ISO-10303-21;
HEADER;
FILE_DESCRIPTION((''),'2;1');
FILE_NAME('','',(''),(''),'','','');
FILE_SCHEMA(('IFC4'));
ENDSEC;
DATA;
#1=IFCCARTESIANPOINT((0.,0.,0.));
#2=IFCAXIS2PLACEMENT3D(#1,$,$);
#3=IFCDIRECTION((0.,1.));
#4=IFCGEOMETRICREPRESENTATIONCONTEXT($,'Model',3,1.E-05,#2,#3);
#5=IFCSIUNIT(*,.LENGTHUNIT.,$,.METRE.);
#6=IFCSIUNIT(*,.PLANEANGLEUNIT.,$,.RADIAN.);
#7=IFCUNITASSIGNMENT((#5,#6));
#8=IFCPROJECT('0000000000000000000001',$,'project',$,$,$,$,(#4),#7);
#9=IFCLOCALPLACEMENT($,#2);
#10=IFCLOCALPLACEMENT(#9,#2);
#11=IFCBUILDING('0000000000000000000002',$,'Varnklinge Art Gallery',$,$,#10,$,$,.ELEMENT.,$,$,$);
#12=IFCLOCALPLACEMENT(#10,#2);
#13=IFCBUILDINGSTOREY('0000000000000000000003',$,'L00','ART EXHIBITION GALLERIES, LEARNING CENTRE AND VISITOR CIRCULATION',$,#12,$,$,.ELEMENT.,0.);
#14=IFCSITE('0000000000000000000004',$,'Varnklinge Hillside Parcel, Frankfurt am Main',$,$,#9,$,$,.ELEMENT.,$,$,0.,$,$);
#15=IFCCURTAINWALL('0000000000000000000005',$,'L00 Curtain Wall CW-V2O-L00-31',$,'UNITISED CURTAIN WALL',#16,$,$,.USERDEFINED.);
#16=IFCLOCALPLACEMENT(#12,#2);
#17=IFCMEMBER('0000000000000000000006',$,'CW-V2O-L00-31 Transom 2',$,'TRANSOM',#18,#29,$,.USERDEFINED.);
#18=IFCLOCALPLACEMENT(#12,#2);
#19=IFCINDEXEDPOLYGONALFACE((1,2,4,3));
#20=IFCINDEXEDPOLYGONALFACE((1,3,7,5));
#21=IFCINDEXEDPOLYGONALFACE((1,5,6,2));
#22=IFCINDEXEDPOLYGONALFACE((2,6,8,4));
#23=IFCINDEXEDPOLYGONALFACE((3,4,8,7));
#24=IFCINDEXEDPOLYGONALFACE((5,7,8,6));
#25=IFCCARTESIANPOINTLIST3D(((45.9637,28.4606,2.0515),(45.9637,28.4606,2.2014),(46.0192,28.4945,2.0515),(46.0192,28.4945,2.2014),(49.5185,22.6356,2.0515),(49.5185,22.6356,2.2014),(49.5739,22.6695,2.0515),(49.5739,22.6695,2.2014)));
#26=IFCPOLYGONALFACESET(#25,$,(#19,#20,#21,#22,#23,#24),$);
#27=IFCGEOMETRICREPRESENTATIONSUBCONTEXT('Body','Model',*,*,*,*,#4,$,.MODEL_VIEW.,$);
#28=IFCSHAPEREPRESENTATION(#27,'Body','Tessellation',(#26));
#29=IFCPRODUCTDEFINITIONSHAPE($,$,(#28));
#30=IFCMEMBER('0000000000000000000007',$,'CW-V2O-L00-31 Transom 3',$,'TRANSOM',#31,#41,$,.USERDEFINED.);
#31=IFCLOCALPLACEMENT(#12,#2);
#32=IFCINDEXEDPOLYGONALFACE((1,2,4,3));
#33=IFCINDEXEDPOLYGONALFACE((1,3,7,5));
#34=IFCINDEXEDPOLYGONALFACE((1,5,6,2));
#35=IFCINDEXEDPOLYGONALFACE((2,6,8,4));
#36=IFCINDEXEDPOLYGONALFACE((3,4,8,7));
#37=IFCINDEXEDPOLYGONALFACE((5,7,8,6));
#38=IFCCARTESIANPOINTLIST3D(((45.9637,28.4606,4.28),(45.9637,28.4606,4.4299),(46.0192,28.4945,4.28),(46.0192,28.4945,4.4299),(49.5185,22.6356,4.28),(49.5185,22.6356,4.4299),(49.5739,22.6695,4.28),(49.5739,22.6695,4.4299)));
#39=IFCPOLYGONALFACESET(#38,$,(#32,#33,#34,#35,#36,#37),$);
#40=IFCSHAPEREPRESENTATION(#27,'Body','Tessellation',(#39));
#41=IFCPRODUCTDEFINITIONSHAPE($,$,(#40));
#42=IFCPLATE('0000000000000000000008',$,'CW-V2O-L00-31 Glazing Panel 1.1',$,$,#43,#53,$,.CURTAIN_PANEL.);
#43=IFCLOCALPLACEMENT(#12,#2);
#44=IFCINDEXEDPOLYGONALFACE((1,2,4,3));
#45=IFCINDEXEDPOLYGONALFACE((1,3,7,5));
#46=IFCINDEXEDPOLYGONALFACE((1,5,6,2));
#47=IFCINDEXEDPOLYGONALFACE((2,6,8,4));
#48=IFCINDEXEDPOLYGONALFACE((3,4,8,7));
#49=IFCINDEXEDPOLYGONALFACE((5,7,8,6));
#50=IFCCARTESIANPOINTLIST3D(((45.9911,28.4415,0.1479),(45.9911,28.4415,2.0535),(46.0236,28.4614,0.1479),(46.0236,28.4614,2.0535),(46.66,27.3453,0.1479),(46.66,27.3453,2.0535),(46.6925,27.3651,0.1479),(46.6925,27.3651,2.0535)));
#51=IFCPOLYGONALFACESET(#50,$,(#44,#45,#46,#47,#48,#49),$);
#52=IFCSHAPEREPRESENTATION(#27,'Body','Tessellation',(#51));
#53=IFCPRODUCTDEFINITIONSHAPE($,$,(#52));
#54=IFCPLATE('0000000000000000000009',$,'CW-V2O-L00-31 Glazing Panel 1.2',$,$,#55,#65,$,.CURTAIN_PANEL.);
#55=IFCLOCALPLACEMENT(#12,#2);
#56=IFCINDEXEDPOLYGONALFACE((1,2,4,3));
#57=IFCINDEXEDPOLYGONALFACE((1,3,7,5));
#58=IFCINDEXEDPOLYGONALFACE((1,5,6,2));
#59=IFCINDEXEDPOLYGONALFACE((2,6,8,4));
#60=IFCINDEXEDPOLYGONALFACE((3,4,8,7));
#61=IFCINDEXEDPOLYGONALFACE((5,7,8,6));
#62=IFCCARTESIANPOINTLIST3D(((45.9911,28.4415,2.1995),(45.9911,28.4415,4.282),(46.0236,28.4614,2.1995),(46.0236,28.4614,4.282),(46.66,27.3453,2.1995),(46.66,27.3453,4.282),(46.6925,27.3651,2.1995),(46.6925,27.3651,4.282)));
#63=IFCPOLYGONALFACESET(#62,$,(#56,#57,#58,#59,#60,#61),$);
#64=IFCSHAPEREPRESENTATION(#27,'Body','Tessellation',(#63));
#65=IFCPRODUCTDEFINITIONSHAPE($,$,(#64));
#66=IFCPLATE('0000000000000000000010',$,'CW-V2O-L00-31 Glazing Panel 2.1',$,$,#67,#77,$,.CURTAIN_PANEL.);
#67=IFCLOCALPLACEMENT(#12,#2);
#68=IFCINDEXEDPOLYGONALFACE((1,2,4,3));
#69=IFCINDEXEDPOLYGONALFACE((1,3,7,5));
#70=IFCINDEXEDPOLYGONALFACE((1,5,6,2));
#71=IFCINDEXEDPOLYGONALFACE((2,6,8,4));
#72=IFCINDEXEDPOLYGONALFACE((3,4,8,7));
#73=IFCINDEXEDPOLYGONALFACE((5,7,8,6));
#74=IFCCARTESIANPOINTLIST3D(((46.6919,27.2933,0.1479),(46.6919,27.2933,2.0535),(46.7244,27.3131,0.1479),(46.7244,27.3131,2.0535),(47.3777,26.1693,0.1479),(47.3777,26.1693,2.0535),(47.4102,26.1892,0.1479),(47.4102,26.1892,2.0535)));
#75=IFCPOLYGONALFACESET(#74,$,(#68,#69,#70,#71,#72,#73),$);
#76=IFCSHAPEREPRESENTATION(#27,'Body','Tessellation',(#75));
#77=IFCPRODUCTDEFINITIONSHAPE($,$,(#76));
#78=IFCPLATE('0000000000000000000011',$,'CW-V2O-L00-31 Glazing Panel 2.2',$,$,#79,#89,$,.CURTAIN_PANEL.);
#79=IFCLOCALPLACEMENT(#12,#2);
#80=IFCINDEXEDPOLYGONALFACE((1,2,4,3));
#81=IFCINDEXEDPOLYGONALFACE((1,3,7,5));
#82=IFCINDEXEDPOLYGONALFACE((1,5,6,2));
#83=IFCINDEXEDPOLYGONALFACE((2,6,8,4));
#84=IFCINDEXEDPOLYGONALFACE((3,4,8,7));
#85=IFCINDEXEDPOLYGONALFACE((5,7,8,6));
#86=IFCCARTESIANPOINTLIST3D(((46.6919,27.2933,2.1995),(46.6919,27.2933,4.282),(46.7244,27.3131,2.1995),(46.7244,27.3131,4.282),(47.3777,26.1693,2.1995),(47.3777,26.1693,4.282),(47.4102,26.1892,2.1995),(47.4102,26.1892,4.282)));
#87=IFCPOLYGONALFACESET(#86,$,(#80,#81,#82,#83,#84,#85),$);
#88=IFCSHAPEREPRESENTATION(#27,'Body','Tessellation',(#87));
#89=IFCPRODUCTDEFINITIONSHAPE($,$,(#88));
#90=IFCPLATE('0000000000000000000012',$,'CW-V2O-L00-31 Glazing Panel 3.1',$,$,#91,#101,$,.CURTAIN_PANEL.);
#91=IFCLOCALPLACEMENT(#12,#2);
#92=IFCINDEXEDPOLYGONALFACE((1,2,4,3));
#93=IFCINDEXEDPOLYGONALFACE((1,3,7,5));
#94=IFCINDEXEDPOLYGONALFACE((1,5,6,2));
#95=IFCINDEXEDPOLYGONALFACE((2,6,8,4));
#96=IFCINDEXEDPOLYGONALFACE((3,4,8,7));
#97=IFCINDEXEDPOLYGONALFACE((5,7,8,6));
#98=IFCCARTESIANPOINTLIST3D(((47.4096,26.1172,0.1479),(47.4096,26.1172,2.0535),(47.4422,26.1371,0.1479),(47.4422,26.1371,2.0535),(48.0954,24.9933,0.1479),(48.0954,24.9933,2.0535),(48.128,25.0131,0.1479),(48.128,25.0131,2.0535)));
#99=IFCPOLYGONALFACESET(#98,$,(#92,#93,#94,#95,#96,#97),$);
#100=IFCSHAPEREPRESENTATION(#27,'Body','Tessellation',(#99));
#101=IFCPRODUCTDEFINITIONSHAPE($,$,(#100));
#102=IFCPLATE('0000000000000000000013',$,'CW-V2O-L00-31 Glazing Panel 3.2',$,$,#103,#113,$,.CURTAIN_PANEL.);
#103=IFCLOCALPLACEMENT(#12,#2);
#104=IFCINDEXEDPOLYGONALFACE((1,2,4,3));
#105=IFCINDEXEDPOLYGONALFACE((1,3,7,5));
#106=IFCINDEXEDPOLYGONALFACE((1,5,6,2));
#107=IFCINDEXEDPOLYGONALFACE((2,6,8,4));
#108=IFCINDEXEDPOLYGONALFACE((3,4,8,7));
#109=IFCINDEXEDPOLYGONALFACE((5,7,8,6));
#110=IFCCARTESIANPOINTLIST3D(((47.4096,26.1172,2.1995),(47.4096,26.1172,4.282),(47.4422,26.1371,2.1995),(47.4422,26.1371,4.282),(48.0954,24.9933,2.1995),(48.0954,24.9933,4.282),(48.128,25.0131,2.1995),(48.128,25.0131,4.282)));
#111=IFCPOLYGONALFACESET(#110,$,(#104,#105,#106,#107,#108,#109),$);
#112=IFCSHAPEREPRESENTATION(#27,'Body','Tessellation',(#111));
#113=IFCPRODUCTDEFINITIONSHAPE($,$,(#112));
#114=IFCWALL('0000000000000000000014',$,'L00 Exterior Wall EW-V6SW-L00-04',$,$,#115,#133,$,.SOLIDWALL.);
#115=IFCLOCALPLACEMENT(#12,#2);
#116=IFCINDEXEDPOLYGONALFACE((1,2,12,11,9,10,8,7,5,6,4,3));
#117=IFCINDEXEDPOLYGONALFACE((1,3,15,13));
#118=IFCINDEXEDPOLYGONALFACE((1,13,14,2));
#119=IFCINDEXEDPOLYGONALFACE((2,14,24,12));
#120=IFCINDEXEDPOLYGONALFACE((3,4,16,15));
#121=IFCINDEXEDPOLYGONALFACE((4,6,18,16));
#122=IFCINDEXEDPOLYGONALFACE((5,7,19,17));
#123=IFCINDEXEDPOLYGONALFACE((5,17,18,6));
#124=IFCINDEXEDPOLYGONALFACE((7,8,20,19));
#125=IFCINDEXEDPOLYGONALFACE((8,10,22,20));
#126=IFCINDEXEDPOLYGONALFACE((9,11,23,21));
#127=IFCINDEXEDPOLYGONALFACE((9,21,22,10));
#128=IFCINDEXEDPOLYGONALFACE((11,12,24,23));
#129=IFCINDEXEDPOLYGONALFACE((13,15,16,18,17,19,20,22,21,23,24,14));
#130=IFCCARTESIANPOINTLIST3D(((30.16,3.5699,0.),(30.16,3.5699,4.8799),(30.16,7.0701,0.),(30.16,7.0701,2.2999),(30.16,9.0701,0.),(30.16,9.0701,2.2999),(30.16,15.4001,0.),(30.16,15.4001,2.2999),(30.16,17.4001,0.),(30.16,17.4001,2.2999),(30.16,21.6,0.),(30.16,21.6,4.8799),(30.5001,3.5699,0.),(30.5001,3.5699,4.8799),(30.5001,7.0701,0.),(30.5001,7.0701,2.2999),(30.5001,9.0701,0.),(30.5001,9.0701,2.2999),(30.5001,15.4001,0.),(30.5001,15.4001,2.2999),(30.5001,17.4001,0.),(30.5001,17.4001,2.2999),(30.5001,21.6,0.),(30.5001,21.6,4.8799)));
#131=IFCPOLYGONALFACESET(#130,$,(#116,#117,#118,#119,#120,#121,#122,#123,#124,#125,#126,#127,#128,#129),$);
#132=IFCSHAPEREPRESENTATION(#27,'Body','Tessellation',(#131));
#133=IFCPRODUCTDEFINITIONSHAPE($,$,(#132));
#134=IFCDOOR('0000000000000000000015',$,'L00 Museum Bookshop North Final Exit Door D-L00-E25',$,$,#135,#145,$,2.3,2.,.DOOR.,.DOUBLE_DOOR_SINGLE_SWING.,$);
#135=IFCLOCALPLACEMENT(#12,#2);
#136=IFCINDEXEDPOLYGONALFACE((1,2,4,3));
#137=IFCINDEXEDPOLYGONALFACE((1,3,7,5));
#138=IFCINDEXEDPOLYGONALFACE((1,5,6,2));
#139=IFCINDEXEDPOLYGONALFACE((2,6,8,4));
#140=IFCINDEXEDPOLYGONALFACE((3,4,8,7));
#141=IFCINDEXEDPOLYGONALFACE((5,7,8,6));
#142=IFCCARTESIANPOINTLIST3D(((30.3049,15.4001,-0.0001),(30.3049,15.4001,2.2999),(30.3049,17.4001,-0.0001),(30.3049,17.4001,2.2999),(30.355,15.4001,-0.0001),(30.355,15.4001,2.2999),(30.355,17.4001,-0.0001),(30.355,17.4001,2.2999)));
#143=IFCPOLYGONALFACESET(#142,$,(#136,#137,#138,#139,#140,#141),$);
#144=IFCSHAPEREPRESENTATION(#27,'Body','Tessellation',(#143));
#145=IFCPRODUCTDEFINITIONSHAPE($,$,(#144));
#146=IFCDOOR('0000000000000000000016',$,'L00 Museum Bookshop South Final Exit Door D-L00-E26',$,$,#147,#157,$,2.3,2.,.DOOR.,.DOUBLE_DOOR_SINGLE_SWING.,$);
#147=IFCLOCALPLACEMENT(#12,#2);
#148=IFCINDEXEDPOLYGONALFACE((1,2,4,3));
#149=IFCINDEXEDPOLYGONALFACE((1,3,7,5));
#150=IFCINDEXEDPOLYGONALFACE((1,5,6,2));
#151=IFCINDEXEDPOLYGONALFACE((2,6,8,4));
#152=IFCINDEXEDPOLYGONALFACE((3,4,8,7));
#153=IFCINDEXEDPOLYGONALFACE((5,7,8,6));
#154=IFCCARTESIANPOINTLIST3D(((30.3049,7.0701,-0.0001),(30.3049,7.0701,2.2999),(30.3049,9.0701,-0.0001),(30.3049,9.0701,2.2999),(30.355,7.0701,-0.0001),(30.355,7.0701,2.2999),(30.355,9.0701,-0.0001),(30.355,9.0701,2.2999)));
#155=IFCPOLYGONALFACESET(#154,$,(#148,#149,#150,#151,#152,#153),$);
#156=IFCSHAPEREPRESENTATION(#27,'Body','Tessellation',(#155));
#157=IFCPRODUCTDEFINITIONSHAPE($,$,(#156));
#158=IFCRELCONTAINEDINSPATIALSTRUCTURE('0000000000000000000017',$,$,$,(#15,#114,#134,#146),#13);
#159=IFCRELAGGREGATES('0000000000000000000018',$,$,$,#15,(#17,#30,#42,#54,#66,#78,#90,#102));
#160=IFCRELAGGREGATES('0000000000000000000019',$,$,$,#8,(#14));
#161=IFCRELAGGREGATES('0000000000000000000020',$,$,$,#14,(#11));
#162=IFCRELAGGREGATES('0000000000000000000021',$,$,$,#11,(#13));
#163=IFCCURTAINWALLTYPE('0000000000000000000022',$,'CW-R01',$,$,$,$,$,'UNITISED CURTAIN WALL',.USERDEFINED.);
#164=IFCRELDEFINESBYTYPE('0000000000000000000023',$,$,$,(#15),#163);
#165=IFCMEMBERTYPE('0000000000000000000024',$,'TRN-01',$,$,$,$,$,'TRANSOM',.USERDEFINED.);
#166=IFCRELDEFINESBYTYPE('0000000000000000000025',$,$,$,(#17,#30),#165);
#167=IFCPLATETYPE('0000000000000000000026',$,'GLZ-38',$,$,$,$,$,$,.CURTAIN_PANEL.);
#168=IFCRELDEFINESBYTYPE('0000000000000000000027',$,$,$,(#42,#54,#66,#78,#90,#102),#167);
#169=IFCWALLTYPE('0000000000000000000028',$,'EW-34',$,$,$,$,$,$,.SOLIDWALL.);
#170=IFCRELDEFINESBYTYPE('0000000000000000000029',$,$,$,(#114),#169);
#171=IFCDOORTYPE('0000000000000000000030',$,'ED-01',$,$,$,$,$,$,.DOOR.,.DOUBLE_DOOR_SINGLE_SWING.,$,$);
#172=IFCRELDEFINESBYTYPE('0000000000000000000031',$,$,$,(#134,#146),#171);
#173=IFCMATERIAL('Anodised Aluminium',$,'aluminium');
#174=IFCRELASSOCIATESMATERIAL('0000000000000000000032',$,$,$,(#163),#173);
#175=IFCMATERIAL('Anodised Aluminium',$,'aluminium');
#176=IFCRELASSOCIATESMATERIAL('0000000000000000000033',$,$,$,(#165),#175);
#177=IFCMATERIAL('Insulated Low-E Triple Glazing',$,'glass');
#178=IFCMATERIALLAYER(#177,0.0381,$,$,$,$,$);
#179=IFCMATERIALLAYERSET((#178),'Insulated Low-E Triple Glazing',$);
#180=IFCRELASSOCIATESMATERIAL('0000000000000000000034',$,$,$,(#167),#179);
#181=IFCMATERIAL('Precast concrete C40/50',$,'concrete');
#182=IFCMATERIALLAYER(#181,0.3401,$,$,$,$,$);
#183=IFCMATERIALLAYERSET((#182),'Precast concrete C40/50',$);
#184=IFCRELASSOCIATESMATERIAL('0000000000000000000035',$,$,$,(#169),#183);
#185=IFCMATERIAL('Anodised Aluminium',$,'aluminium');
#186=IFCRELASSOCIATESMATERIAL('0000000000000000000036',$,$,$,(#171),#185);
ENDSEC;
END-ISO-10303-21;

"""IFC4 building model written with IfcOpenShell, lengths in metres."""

from ifc_helpers import new_model, si_unit, direction, frame, frame_2d, origin, origin_2d, place, context, subcontext, project, spatial, rectangle, extrude, material, layer, layer_set, material_profile, profile_set, type_object, element, fill, aggregate, save


model = new_model("IFC4")

# Units and contexts
model_context = context("Model", 3, precision=1e-05, world=origin(), true_north=direction((0.0, 1.0)))
body_context = subcontext(model_context, "Body", "Model", "MODEL_VIEW")
ifc_project = project(units=[si_unit("LENGTHUNIT", "METRE"), si_unit("PLANEANGLEUNIT", "RADIAN")], contexts=[model_context])

# Site, building, storey
site_placement = place(None, origin())
site = spatial("IfcSite", under=ifc_project, at=site_placement, Name="Varnklinge Hillside Parcel, Frankfurt am Main", CompositionType="ELEMENT", RefElevation=0.0)
building_placement = place(site_placement, origin())
building = spatial("IfcBuilding", under=site, at=building_placement, Name="Varnklinge Art Gallery", CompositionType="ELEMENT")
storey_placement = place(building_placement, origin())
storey = spatial("IfcBuildingStorey", under=building, at=storey_placement, Name="L00", Description="ART EXHIBITION GALLERIES, LEARNING CENTRE AND VISITOR CIRCULATION", CompositionType="ELEMENT", Elevation=0.0)

# Shared definitions
ifc_material_1 = material(Name="Anodised Aluminium", Category="aluminium")
curtain_wall_type = type_object("IfcCurtainWallType", Name="CW-R01", ElementType="UNITISED CURTAIN WALL", PredefinedType="USERDEFINED", material=ifc_material_1)

# Curtain wall
curtain_wall_1_placement = place(storey_placement, origin())
curtain_wall_1 = element("IfcCurtainWall", 1, at=curtain_wall_1_placement, inside=storey, type_object=curtain_wall_type, Name="L00 Curtain Wall CW-V2O-L00-31", ObjectType="UNITISED CURTAIN WALL", PredefinedType="USERDEFINED")

# Members
ifc_material_2 = material(Name="Anodised Aluminium", Category="aluminium")
ifc_material_profile_1 = material_profile(ifc_material_2, rectangle(XDim=0.0649, YDim=0.1499, at=origin_2d()), Name="ALU 65x150")
ifc_profile_set_1 = profile_set([ifc_material_profile_1], Name="Anodised Aluminium")
member_type_1 = type_object("IfcMemberType", Name="TRN-01", ElementType="TRANSOM", PredefinedType="USERDEFINED", material=ifc_profile_set_1)
member_1_placement = place(storey_placement, frame((45.9915, 28.4775, 2.1265), z_axis=(0.520916, -0.853608, 0.0), x_axis=(0.853608, 0.520916, 0.0)))
member_1 = element("IfcMember", 2, at=member_1_placement, type_object=member_type_1, Name="CW-V2O-L00-31 Transom 2", ObjectType="TRANSOM", PredefinedType="USERDEFINED", context=body_context, shape_type="SweptSolid", body=[
    extrude(rectangle(XDim=0.0649, YDim=0.1499, at=origin_2d()), origin(), (0.0, 0.0, 1.0), 6.824),
])
member_2_placement = place(storey_placement, frame((45.9915, 28.4775, 4.355), z_axis=(0.520916, -0.853608, 0.0), x_axis=(0.853608, 0.520916, 0.0)))
member_2 = element("IfcMember", 3, at=member_2_placement, type_object=member_type_1, Name="CW-V2O-L00-31 Transom 3", ObjectType="TRANSOM", PredefinedType="USERDEFINED", context=body_context, shape_type="SweptSolid", body=[
    extrude(rectangle(XDim=0.0649, YDim=0.1499, at=origin_2d()), origin(), (0.0, 0.0, 1.0), 6.824),
])

# Plates
ifc_material_3 = material(Name="Insulated Low-E Triple Glazing", Category="glass")
ifc_layer_1 = layer(ifc_material_3, 0.0381)
ifc_layer_set_1 = layer_set([ifc_layer_1], Name="Insulated Low-E Triple Glazing")
plate_type = type_object("IfcPlateType", Name="GLZ-38", PredefinedType="CURTAIN_PANEL", material=ifc_layer_set_1)
plate_1_placement = place(storey_placement, frame((46.3418, 27.9033, 0.1479), z_axis=(0.0, 0.0, 1.0), x_axis=(0.520861, -0.853642, 0.0)))
plate_1 = element("IfcPlate", 4, at=plate_1_placement, type_object=plate_type, Name="CW-V2O-L00-31 Glazing Panel 1.1", PredefinedType="CURTAIN_PANEL", context=body_context, shape_type="SweptSolid", body=[
    extrude(rectangle(XDim=1.2842, YDim=0.0381, at=origin_2d()), origin(), (0.0, 0.0, 1.0), 1.9055),
])
plate_2_placement = place(storey_placement, frame((46.3418, 27.9033, 2.1995), z_axis=(0.0, 0.0, 1.0), x_axis=(0.520861, -0.853642, 0.0)))
plate_2 = element("IfcPlate", 5, at=plate_2_placement, type_object=plate_type, Name="CW-V2O-L00-31 Glazing Panel 1.2", PredefinedType="CURTAIN_PANEL", context=body_context, shape_type="SweptSolid", body=[
    extrude(rectangle(XDim=1.2842, YDim=0.0381, at=origin_2d()), origin(), (0.0, 0.0, 1.0), 2.0825),
])
plate_3_placement = place(storey_placement, frame((47.051, 26.7412, 0.1479), z_axis=(0.0, 0.0, 1.0), x_axis=(0.520861, -0.853642, 0.0)))
plate_3 = element("IfcPlate", 6, at=plate_3_placement, type_object=plate_type, Name="CW-V2O-L00-31 Glazing Panel 2.1", PredefinedType="CURTAIN_PANEL", context=body_context, shape_type="SweptSolid", body=[
    extrude(rectangle(XDim=1.3167, YDim=0.0381, at=origin_2d()), origin(), (0.0, 0.0, 1.0), 1.9055),
])
plate_4_placement = place(storey_placement, frame((47.051, 26.7412, 2.1995), z_axis=(0.0, 0.0, 1.0), x_axis=(0.520861, -0.853642, 0.0)))
plate_4 = element("IfcPlate", 7, at=plate_4_placement, type_object=plate_type, Name="CW-V2O-L00-31 Glazing Panel 2.2", PredefinedType="CURTAIN_PANEL", context=body_context, shape_type="SweptSolid", body=[
    extrude(rectangle(XDim=1.3167, YDim=0.0381, at=origin_2d()), origin(), (0.0, 0.0, 1.0), 2.0825),
])
plate_5_placement = place(storey_placement, frame((47.7688, 25.5652, 0.1479), z_axis=(0.0, 0.0, 1.0), x_axis=(0.520861, -0.853642, 0.0)))
plate_5 = element("IfcPlate", 8, at=plate_5_placement, type_object=plate_type, Name="CW-V2O-L00-31 Glazing Panel 3.1", PredefinedType="CURTAIN_PANEL", context=body_context, shape_type="SweptSolid", body=[
    extrude(rectangle(XDim=1.3167, YDim=0.0381, at=origin_2d()), origin(), (0.0, 0.0, 1.0), 1.9055),
])
plate_6_placement = place(storey_placement, frame((47.7688, 25.5652, 2.1995), z_axis=(0.0, 0.0, 1.0), x_axis=(0.520861, -0.853642, 0.0)))
plate_6 = element("IfcPlate", 9, at=plate_6_placement, type_object=plate_type, Name="CW-V2O-L00-31 Glazing Panel 3.2", PredefinedType="CURTAIN_PANEL", context=body_context, shape_type="SweptSolid", body=[
    extrude(rectangle(XDim=1.3167, YDim=0.0381, at=origin_2d()), origin(), (0.0, 0.0, 1.0), 2.0825),
])
aggregate(curtain_wall_1, [member_1, member_2, plate_1, plate_2, plate_3, plate_4, plate_5, plate_6])

# Wall, openings, doors
ifc_material_4 = material(Name="Precast concrete C40/50", Category="concrete")
ifc_layer_2 = layer(ifc_material_4, 0.3401)
ifc_layer_set_2 = layer_set([ifc_layer_2], Name="Precast concrete C40/50")
wall_type = type_object("IfcWallType", Name="EW-34", PredefinedType="SOLIDWALL", material=ifc_layer_set_2)
wall_1_placement = place(storey_placement, frame((30.3301, 21.6001, 0.0), z_axis=(0.0, 0.0, 1.0), x_axis=(0.0, -1.0, 0.0)))
wall_1 = element("IfcWall", 10, at=wall_1_placement, inside=storey, type_object=wall_type, Name="L00 Exterior Wall EW-V6SW-L00-04", PredefinedType="SOLIDWALL", context=body_context, shape_type="SweptSolid", body=[
    extrude(rectangle(XDim=18.03, YDim=0.3401, at=frame_2d((9.0151, 0.0))), origin(), (0.0, 0.0, 1.0), 4.8799),
])
opening_1_placement = place(wall_1_placement, frame((4.2, 0.0, 0.0)))
opening_1 = element("IfcOpeningElement", 11, at=opening_1_placement, cuts=wall_1, PredefinedType="OPENING", context=body_context, shape_type="SweptSolid", body=[
    extrude(rectangle(XDim=2.0, YDim=2.3, at=frame_2d((1.0, 1.1499))), frame((0.0, 0.1799, 0.0), z_axis=(0.0, -1.0, 0.0), x_axis=(1.0, 0.0, 0.0)), (0.0, 0.0, 1.0), 0.3601),
])
opening_2_placement = place(wall_1_placement, frame((12.53, 0.0, 0.0)))
opening_2 = element("IfcOpeningElement", 12, at=opening_2_placement, cuts=wall_1, PredefinedType="OPENING", context=body_context, shape_type="SweptSolid", body=[
    extrude(rectangle(XDim=2.0, YDim=2.3, at=frame_2d((1.0, 1.1499))), frame((0.0, 0.1799, 0.0), z_axis=(0.0, -1.0, 0.0), x_axis=(1.0, 0.0, 0.0)), (0.0, 0.0, 1.0), 0.3601),
])
ifc_material_5 = material(Name="Anodised Aluminium", Category="aluminium")
door_type = type_object("IfcDoorType", Name="ED-01", OperationType="DOUBLE_DOOR_SINGLE_SWING", PredefinedType="DOOR", material=ifc_material_5)
door_1_placement = place(opening_1_placement, origin())
door_1 = element("IfcDoor", 13, at=door_1_placement, inside=storey, type_object=door_type, Name="L00 Museum Bookshop North Final Exit Door D-L00-E25", OperationType="DOUBLE_DOOR_SINGLE_SWING", OverallHeight=2.3, OverallWidth=2.0, PredefinedType="DOOR", context=body_context, shape_type="SweptSolid", body=[
    extrude(rectangle(XDim=2.0, YDim=2.3, at=frame_2d((1.0, 1.1499))), frame((0.0, 0.0249, 0.0), z_axis=(0.0, -1.0, 0.0), x_axis=(1.0, 0.0, 0.0)), (0.0, 0.0, 1.0), 0.05),
])
fill(opening_1, door_1)
door_2_placement = place(opening_2_placement, origin())
door_2 = element("IfcDoor", 14, at=door_2_placement, inside=storey, type_object=door_type, Name="L00 Museum Bookshop South Final Exit Door D-L00-E26", OperationType="DOUBLE_DOOR_SINGLE_SWING", OverallHeight=2.3, OverallWidth=2.0, PredefinedType="DOOR", context=body_context, shape_type="SweptSolid", body=[
    extrude(rectangle(XDim=2.0, YDim=2.3, at=frame_2d((1.0, 1.1499))), frame((0.0, 0.0249, 0.0), z_axis=(0.0, -1.0, 0.0), x_axis=(1.0, 0.0, 0.0)), (0.0, 0.0, 1.0), 0.05),
])
fill(opening_2, door_2)

save(model, "model.ifc")
